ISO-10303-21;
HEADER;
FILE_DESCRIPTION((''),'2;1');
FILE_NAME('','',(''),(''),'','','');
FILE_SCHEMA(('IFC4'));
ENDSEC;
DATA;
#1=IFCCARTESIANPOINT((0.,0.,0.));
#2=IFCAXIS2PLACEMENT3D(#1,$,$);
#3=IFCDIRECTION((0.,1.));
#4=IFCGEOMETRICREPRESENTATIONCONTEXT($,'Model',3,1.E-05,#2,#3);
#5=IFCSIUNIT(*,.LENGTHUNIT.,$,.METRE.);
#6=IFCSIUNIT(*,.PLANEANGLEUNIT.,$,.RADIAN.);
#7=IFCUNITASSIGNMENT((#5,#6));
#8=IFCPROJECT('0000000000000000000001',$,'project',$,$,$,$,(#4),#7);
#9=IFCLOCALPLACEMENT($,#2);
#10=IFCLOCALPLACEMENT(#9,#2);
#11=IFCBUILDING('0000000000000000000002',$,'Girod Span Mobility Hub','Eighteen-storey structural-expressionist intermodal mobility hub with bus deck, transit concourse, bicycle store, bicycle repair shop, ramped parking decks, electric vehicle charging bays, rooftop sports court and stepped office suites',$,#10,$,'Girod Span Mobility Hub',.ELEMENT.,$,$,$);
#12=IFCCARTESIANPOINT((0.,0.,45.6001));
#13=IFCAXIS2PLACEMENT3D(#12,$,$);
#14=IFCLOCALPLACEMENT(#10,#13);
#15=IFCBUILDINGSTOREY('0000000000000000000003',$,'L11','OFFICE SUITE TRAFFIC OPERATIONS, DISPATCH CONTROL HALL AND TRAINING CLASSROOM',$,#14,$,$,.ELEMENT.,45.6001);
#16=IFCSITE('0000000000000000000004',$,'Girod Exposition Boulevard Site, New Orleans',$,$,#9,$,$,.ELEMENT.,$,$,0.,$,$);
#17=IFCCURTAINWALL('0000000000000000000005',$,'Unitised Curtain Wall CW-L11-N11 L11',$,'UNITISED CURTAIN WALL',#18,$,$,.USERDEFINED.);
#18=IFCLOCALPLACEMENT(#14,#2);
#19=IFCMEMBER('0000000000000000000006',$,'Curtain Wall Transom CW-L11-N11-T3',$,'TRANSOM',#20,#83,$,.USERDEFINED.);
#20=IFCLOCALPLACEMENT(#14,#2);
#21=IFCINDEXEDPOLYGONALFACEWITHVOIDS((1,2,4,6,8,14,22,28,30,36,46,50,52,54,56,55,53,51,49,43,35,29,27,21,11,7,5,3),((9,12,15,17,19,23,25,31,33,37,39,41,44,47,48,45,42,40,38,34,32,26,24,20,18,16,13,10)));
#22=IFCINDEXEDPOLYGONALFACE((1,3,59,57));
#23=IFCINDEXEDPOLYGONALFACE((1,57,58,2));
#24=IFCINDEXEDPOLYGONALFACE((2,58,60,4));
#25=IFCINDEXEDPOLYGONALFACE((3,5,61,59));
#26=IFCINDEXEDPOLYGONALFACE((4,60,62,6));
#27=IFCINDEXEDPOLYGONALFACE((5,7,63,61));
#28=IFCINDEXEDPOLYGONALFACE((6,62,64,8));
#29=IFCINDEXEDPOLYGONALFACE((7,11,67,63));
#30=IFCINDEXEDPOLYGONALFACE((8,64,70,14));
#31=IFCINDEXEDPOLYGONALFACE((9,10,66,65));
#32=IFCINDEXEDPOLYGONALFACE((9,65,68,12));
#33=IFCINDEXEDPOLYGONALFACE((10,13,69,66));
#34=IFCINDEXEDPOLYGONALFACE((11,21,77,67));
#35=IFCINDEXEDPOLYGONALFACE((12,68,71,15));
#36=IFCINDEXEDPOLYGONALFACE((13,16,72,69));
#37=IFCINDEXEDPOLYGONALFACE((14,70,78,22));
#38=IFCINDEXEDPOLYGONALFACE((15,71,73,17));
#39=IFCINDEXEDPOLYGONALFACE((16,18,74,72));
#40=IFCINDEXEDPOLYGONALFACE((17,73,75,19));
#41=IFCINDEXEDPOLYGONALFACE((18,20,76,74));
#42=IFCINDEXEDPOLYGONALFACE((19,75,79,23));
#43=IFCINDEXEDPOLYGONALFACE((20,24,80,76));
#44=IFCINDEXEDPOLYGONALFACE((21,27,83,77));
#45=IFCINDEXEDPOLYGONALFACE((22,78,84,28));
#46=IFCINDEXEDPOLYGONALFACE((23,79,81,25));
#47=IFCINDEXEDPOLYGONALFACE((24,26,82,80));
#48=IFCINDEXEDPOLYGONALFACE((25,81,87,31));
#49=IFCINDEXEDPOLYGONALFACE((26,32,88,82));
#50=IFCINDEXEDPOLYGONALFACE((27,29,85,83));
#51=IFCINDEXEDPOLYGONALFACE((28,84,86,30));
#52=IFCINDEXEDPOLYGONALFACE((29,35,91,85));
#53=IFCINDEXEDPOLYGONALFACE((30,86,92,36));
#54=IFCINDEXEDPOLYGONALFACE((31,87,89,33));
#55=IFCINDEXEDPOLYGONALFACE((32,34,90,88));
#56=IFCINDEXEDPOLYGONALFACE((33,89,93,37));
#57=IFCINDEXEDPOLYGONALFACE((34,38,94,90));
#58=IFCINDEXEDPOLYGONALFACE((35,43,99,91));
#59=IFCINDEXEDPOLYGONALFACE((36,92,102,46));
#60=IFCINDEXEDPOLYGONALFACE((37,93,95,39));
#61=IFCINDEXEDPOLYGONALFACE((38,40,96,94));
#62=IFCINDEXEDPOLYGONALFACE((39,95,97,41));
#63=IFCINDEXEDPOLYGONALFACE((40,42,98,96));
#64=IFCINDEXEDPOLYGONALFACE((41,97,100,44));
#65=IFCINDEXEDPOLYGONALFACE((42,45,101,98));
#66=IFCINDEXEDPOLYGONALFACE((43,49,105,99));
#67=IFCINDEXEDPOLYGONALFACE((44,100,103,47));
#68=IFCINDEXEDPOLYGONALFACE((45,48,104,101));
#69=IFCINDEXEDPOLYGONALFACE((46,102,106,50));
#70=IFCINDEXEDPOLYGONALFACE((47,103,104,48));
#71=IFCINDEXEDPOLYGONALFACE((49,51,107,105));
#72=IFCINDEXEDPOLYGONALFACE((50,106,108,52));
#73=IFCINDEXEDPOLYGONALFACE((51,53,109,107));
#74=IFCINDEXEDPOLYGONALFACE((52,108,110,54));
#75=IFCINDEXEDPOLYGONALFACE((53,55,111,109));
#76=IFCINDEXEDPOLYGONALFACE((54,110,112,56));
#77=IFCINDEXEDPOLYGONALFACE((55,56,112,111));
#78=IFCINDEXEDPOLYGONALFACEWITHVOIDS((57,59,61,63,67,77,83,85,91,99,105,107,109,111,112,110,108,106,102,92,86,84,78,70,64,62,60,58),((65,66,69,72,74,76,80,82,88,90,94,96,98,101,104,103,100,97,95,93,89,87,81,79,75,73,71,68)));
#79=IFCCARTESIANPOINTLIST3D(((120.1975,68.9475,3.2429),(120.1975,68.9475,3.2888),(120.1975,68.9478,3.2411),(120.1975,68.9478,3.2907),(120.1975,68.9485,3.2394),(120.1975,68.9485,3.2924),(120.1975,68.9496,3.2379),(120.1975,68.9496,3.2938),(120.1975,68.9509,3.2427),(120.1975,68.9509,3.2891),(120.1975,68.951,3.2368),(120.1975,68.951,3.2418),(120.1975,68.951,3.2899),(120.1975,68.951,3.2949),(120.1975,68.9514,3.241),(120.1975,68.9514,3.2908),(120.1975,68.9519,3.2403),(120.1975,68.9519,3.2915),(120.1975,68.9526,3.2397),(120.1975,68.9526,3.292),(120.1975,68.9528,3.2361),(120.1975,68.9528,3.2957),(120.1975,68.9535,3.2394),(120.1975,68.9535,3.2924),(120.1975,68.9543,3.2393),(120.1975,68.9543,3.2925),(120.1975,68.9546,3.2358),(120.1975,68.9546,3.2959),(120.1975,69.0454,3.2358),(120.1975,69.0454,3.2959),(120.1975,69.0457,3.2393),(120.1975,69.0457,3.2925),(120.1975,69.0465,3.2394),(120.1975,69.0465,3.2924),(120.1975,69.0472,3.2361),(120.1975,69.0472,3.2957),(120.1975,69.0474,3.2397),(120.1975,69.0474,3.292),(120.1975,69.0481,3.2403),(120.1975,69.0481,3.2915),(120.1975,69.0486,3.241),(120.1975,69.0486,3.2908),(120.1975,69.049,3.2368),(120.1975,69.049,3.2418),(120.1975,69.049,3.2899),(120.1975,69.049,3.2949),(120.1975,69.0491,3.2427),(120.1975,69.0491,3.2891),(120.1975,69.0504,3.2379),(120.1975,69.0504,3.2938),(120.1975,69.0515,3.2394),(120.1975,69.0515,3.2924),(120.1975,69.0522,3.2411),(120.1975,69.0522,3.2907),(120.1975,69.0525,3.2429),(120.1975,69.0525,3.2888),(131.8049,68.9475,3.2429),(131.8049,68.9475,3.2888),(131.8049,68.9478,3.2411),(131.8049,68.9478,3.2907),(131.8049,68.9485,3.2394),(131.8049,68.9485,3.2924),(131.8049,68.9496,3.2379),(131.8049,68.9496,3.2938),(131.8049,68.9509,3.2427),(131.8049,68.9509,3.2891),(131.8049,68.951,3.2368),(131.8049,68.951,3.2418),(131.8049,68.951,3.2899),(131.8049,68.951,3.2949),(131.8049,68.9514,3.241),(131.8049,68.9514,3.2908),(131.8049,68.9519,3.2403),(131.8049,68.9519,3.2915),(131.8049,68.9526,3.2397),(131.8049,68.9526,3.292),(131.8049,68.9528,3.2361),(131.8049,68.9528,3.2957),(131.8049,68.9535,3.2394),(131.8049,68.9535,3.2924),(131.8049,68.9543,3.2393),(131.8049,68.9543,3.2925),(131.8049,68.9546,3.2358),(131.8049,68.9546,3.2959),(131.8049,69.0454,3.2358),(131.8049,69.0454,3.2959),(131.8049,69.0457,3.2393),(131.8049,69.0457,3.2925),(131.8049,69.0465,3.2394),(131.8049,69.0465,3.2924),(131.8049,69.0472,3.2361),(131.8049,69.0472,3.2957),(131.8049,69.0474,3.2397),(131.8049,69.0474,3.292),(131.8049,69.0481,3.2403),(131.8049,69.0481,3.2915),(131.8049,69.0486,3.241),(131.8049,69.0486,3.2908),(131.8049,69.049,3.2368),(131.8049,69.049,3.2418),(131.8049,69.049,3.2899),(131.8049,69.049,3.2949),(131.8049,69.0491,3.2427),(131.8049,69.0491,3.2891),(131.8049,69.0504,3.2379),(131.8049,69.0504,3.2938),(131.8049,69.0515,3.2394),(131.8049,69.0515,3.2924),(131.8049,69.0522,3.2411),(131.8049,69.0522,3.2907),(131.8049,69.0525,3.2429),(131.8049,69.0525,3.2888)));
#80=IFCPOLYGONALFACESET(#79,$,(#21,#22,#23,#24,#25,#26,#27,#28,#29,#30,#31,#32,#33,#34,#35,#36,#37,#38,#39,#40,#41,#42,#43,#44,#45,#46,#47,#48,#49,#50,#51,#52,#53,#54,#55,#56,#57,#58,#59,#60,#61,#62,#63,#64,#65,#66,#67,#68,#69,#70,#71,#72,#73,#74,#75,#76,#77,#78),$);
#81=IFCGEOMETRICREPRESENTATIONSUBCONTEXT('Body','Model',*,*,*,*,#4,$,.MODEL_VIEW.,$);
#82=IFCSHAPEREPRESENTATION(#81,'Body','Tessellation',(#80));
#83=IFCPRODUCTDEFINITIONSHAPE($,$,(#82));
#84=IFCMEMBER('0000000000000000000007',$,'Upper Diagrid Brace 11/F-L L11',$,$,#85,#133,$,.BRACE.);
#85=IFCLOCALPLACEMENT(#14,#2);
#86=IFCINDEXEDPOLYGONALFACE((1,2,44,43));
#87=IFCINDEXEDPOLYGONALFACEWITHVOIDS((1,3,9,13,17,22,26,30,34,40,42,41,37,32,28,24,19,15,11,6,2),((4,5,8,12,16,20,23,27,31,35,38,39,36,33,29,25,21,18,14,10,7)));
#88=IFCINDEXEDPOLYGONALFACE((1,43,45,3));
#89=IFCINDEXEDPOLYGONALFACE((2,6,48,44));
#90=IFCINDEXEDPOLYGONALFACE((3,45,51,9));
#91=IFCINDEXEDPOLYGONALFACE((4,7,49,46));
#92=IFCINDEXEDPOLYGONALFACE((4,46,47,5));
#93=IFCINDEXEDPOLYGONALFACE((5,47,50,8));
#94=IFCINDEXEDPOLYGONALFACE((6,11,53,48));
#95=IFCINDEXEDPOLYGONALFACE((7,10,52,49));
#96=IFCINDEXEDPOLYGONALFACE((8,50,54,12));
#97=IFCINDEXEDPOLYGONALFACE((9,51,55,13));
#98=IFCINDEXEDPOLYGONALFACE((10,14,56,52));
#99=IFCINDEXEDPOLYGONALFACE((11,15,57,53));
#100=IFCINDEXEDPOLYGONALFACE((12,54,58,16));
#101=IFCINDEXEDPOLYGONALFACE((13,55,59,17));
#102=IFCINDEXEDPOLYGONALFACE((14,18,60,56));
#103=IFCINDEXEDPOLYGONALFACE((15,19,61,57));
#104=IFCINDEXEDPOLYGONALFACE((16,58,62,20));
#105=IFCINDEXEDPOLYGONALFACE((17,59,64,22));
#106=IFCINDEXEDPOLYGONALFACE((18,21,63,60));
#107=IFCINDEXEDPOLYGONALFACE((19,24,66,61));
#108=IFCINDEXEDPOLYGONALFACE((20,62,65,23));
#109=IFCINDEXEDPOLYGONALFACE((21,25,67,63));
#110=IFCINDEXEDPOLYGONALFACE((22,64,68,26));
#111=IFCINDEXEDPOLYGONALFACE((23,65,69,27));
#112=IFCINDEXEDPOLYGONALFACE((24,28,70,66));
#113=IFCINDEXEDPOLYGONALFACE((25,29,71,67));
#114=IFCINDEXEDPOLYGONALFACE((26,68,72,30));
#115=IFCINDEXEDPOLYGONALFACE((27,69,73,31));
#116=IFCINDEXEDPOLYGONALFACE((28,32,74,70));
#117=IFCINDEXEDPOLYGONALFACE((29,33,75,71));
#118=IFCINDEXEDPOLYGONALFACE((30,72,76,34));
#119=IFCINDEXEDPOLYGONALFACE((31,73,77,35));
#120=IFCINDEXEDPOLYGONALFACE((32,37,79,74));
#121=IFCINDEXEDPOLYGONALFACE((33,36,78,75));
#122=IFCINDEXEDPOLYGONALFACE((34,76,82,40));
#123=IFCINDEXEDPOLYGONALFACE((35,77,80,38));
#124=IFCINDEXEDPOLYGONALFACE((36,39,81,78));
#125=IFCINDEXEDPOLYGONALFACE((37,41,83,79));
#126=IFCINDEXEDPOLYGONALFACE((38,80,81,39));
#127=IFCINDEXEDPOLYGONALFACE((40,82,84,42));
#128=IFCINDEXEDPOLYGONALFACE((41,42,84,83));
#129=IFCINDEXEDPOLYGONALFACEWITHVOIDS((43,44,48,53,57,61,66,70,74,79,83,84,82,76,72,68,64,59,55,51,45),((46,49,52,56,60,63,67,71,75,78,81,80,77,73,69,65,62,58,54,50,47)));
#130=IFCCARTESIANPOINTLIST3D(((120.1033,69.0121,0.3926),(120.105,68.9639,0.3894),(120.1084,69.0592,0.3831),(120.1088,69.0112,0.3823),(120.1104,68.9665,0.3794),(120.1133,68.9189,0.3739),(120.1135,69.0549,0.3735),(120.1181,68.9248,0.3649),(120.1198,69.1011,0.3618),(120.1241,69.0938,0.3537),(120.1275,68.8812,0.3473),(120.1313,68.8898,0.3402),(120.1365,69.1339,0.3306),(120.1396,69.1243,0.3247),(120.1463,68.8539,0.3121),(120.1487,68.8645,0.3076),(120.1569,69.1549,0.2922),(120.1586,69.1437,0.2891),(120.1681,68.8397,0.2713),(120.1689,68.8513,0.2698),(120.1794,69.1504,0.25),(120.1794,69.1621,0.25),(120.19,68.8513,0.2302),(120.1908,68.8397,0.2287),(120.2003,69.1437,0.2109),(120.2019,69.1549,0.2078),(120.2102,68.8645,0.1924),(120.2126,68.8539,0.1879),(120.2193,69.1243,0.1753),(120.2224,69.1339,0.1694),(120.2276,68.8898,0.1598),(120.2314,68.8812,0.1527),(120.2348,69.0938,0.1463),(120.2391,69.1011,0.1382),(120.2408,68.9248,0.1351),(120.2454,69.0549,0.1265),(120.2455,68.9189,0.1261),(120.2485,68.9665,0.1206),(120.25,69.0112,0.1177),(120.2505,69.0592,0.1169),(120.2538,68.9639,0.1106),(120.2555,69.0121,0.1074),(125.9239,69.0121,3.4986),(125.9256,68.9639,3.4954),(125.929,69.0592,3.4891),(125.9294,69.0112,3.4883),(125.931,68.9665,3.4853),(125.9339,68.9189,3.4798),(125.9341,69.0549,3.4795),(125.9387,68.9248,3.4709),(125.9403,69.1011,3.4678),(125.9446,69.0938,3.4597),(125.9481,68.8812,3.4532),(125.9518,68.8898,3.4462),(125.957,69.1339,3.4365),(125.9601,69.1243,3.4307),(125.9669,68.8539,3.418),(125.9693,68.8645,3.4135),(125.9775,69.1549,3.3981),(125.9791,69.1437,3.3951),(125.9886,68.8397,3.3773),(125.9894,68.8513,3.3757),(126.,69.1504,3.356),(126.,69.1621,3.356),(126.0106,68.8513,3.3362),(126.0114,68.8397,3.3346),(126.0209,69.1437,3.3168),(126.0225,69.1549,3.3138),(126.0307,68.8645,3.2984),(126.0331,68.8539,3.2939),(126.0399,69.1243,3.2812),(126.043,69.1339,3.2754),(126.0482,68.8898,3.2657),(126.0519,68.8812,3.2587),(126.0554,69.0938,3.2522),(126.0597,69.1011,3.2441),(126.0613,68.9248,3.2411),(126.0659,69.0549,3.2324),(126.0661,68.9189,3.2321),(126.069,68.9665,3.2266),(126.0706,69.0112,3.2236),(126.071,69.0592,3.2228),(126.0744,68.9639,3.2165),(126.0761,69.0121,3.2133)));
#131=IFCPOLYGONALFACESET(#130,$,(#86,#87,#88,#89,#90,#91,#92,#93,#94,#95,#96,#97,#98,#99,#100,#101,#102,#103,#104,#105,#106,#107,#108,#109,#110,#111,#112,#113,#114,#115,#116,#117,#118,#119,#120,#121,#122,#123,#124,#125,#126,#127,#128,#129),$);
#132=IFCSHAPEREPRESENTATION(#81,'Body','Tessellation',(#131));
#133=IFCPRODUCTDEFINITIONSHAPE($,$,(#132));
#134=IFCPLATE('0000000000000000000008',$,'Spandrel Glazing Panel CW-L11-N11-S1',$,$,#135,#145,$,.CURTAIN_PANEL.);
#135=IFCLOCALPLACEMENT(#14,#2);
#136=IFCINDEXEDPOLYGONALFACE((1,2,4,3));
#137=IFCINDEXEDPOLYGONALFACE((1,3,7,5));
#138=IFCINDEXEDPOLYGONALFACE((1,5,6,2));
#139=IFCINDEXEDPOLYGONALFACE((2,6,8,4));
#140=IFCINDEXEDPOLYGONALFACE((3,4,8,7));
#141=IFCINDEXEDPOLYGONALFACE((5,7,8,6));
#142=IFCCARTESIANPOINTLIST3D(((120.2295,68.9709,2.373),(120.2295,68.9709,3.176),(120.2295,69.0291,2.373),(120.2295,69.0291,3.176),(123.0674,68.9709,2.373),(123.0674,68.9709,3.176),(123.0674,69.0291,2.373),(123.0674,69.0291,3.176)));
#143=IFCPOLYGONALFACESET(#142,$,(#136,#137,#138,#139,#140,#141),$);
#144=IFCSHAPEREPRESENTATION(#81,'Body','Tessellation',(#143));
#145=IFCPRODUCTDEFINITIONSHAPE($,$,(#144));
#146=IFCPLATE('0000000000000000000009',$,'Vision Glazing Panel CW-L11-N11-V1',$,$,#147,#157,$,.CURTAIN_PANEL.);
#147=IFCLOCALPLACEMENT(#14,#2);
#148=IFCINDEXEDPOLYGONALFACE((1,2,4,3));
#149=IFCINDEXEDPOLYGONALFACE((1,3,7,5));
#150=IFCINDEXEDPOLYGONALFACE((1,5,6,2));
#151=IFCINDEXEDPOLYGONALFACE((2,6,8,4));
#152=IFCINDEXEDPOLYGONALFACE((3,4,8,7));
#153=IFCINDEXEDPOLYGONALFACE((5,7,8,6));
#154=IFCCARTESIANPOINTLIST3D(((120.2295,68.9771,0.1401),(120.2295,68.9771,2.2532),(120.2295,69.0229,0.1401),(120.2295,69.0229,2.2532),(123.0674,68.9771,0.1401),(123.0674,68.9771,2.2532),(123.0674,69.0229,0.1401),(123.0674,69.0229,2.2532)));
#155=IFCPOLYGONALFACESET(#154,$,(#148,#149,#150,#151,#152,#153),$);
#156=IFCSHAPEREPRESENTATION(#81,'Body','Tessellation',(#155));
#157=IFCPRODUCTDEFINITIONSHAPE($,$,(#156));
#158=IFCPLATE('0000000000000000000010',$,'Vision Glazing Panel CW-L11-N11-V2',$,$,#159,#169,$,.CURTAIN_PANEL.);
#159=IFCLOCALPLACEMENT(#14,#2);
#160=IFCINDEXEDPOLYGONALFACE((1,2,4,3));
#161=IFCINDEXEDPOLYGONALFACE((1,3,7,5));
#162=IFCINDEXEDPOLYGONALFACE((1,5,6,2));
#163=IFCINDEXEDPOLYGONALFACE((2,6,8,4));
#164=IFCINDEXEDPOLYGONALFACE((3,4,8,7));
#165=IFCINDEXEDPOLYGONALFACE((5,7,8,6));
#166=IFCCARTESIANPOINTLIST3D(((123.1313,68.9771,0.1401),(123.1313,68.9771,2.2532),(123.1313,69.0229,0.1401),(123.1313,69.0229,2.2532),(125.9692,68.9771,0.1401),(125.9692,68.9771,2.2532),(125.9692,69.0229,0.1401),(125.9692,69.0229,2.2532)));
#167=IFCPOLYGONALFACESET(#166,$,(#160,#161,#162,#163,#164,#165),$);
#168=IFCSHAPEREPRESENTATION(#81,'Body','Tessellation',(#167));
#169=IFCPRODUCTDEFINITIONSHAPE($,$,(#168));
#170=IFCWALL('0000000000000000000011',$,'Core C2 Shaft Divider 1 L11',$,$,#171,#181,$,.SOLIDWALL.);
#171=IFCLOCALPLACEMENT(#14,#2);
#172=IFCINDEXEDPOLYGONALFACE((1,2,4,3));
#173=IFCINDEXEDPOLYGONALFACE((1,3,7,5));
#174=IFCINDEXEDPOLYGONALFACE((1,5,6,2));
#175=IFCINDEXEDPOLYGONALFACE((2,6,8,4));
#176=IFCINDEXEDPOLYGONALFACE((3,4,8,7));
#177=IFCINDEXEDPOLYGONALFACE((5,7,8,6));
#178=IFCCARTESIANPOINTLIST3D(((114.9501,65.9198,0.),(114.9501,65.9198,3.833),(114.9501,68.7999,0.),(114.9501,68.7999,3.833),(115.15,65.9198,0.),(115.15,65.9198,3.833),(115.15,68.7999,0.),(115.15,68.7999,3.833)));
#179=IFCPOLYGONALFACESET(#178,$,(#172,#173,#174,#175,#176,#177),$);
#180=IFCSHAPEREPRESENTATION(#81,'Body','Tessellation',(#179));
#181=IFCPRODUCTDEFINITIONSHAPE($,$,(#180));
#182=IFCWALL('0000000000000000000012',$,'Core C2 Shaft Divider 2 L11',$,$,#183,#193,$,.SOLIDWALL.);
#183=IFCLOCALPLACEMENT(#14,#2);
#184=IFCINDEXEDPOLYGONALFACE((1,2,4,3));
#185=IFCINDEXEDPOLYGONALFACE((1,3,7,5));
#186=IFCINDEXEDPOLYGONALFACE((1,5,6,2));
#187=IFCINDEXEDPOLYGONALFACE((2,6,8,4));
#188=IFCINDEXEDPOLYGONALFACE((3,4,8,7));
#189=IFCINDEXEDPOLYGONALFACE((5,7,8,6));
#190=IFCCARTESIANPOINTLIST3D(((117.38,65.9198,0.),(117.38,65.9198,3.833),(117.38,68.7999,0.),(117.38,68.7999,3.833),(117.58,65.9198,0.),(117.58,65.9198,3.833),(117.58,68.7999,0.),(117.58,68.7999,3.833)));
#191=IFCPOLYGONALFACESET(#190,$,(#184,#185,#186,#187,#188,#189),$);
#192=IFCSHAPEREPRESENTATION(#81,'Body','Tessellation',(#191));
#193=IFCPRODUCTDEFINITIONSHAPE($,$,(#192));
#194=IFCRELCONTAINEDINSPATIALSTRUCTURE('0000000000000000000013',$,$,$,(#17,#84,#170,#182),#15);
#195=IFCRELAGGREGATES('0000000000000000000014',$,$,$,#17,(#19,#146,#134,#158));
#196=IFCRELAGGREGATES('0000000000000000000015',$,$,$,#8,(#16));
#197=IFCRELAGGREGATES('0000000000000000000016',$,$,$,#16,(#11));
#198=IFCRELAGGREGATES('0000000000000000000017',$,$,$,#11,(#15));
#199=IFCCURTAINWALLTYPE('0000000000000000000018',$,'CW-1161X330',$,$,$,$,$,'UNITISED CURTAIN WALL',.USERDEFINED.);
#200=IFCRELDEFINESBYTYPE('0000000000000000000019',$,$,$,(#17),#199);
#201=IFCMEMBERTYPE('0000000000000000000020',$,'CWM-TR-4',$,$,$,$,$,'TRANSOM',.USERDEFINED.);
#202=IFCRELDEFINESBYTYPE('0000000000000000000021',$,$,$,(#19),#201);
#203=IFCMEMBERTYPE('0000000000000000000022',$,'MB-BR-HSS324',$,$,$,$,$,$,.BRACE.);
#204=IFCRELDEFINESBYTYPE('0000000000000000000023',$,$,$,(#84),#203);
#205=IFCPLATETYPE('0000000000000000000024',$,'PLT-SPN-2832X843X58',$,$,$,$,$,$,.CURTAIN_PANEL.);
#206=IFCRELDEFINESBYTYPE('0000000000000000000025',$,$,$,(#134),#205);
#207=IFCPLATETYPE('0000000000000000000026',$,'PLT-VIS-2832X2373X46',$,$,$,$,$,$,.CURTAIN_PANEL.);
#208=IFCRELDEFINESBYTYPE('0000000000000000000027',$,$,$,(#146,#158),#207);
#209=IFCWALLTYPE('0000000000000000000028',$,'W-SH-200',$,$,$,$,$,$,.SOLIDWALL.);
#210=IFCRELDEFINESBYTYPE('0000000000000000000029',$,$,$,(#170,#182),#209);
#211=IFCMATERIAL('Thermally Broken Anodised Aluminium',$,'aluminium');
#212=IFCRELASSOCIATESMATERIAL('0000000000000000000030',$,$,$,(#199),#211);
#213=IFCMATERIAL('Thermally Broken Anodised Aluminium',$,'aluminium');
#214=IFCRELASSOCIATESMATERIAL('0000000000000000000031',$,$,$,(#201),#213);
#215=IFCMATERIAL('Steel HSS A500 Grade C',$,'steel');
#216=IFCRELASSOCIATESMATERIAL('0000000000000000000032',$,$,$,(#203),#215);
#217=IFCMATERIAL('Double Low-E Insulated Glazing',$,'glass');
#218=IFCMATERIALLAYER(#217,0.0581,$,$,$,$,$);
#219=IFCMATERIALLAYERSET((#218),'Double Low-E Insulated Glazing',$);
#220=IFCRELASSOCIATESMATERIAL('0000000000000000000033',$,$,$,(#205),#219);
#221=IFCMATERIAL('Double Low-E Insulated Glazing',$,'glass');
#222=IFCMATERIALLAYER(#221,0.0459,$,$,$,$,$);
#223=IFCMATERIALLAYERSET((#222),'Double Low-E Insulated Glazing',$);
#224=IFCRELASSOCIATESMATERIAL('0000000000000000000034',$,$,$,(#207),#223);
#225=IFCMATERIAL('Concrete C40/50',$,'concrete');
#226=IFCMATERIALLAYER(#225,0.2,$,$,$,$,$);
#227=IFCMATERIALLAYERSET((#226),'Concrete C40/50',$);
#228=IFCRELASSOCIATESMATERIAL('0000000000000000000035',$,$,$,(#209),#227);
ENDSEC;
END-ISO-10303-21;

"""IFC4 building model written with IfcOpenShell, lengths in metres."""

from ifc_helpers import new_model, si_unit, direction, frame, frame_2d, origin, origin_2d, place, context, subcontext, project, spatial, rectangle, hollow_rectangle, hollow_circle, extrude, material, layer, layer_set, material_profile, profile_set, type_object, element, aggregate, save


model = new_model("IFC4")

# Units and contexts
model_context = context("Model", 3, precision=1e-05, world=origin(), true_north=direction((0.0, 1.0)))
body_context = subcontext(model_context, "Body", "Model", "MODEL_VIEW")
ifc_project = project(units=[si_unit("LENGTHUNIT", "METRE"), si_unit("PLANEANGLEUNIT", "RADIAN")], contexts=[model_context])

# Site, building, storey
site_placement = place(None, origin())
site = spatial("IfcSite", under=ifc_project, at=site_placement, Name="Girod Exposition Boulevard Site, New Orleans", CompositionType="ELEMENT", RefElevation=0.0)
building_placement = place(site_placement, origin())
building = spatial("IfcBuilding", under=site, at=building_placement, Name="Girod Span Mobility Hub", Description="Eighteen-storey structural-expressionist intermodal mobility hub with bus deck, transit concourse, bicycle store, bicycle repair shop, ramped parking decks, electric vehicle charging bays, rooftop sports court and stepped office suites", LongName="Girod Span Mobility Hub", CompositionType="ELEMENT")
storey_placement = place(building_placement, frame((0.0, 0.0, 45.6001)))
storey = spatial("IfcBuildingStorey", under=building, at=storey_placement, Name="L11", Description="OFFICE SUITE TRAFFIC OPERATIONS, DISPATCH CONTROL HALL AND TRAINING CLASSROOM", CompositionType="ELEMENT", Elevation=45.6001)

# Curtain wall, member
ifc_material_1 = material(Name="Thermally Broken Anodised Aluminium", Category="aluminium")
curtain_wall_type = type_object("IfcCurtainWallType", Name="CW-1161X330", ElementType="UNITISED CURTAIN WALL", PredefinedType="USERDEFINED", material=ifc_material_1)
curtain_wall_placement = place(storey_placement, origin())
curtain_wall = element("IfcCurtainWall", 1, at=curtain_wall_placement, inside=storey, type_object=curtain_wall_type, Name="Unitised Curtain Wall CW-L11-N11 L11", ObjectType="UNITISED CURTAIN WALL", PredefinedType="USERDEFINED")
ifc_material_2 = material(Name="Thermally Broken Anodised Aluminium", Category="aluminium")
ifc_material_profile_1 = material_profile(ifc_material_2, hollow_rectangle(XDim=0.105, YDim=0.0601, WallThickness=0.0034, InnerFilletRadius=0.0034, OuterFilletRadius=0.0071, at=origin_2d()), Name="CW-TR-60X105")
ifc_profile_set_1 = profile_set([ifc_material_profile_1], Name="Thermally Broken Anodised Aluminium")
member_type_1 = type_object("IfcMemberType", Name="CWM-TR-4", ElementType="TRANSOM", PredefinedType="USERDEFINED", material=ifc_profile_set_1)
member_1_placement = place(storey_placement, frame((120.1975, 69.0, 3.2659), z_axis=(1.0, 0.0, 0.0), x_axis=(0.0, 1.0, 0.0)))
member_1 = element("IfcMember", 2, at=member_1_placement, type_object=member_type_1, Name="Curtain Wall Transom CW-L11-N11-T3", ObjectType="TRANSOM", PredefinedType="USERDEFINED", context=body_context, shape_type="SweptSolid", body=[
    extrude(hollow_rectangle(XDim=0.105, YDim=0.0601, WallThickness=0.0034, InnerFilletRadius=0.0034, OuterFilletRadius=0.0071, at=origin_2d()), origin(), (0.0, 0.0, 1.0), 11.6074),
])

# Member
ifc_material_3 = material(Name="Steel HSS A500 Grade C", Category="steel")
ifc_material_profile_2 = material_profile(ifc_material_3, hollow_circle(Radius=0.1621, WallThickness=0.0117, at=origin_2d()), Name="HSS324X12.7")
ifc_profile_set_2 = profile_set([ifc_material_profile_2], Name="Steel HSS A500 Grade C")
member_type_2 = type_object("IfcMemberType", Name="MB-BR-HSS324", PredefinedType="BRACE", material=ifc_profile_set_2)
member_2_placement = place(storey_placement, frame((120.1794, 69.0, 0.25), z_axis=(0.882248, 0.0, 0.470784), x_axis=(0.0, 1.0, 0.0)))
element("IfcMember", 3, at=member_2_placement, inside=storey, type_object=member_type_2, Name="Upper Diagrid Brace 11/F-L L11", PredefinedType="BRACE", context=body_context, shape_type="SweptSolid", body=[
    extrude(hollow_circle(Radius=0.1621, WallThickness=0.0117, at=origin_2d()), origin(), (0.0, 0.0, 1.0), 6.5974),
])

# Plates
ifc_material_4 = material(Name="Double Low-E Insulated Glazing", Category="glass")
ifc_layer_1 = layer(ifc_material_4, 0.0581)
ifc_layer_set_1 = layer_set([ifc_layer_1], Name="Double Low-E Insulated Glazing")
plate_type_1 = type_object("IfcPlateType", Name="PLT-SPN-2832X843X58", PredefinedType="CURTAIN_PANEL", material=ifc_layer_set_1)
plate_1_placement = place(storey_placement, frame((121.6484, 69.0, 2.373), z_axis=(0.0, 0.0, 1.0), x_axis=(1.0, 0.0, 0.0)))
plate_1 = element("IfcPlate", 4, at=plate_1_placement, type_object=plate_type_1, Name="Spandrel Glazing Panel CW-L11-N11-S1", PredefinedType="CURTAIN_PANEL", context=body_context, shape_type="SweptSolid", body=[
    extrude(rectangle(XDim=2.8379, YDim=0.0581, at=origin_2d()), origin(), (0.0, 0.0, 1.0), 0.803),
])
ifc_material_5 = material(Name="Double Low-E Insulated Glazing", Category="glass")
ifc_layer_2 = layer(ifc_material_5, 0.0459)
ifc_layer_set_2 = layer_set([ifc_layer_2], Name="Double Low-E Insulated Glazing")
plate_type_2 = type_object("IfcPlateType", Name="PLT-VIS-2832X2373X46", PredefinedType="CURTAIN_PANEL", material=ifc_layer_set_2)
plate_2_placement = place(storey_placement, frame((121.6484, 69.0, 0.1401), z_axis=(0.0, 0.0, 1.0), x_axis=(1.0, 0.0, 0.0)))
plate_2 = element("IfcPlate", 5, at=plate_2_placement, type_object=plate_type_2, Name="Vision Glazing Panel CW-L11-N11-V1", PredefinedType="CURTAIN_PANEL", context=body_context, shape_type="SweptSolid", body=[
    extrude(rectangle(XDim=2.8379, YDim=0.0459, at=origin_2d()), origin(), (0.0, 0.0, 1.0), 2.113),
])
plate_3_placement = place(storey_placement, frame((124.5503, 69.0, 0.1401), z_axis=(0.0, 0.0, 1.0), x_axis=(1.0, 0.0, 0.0)))
plate_3 = element("IfcPlate", 6, at=plate_3_placement, type_object=plate_type_2, Name="Vision Glazing Panel CW-L11-N11-V2", PredefinedType="CURTAIN_PANEL", context=body_context, shape_type="SweptSolid", body=[
    extrude(rectangle(XDim=2.8379, YDim=0.0459, at=origin_2d()), origin(), (0.0, 0.0, 1.0), 2.113),
])
aggregate(curtain_wall, [member_1, plate_2, plate_1, plate_3])

# Walls
ifc_material_6 = material(Name="Concrete C40/50", Category="concrete")
ifc_layer_3 = layer(ifc_material_6, 0.2)
ifc_layer_set_3 = layer_set([ifc_layer_3], Name="Concrete C40/50")
wall_type = type_object("IfcWallType", Name="W-SH-200", PredefinedType="SOLIDWALL", material=ifc_layer_set_3)
for number, where, z_axis, x_axis, name in (
    (7, (115.05, 65.9199, 0.0), (0.0, 0.0, 1.0), (0.0, 1.0, 0.0), "Core C2 Shaft Divider 1 L11"),
    (8, (117.48, 65.9199, 0.0), (0.0, 0.0, 1.0), (0.0, 1.0, 0.0), "Core C2 Shaft Divider 2 L11"),
):
    element("IfcWall", number, at=place(storey_placement, frame(where, z_axis=z_axis, x_axis=x_axis)), inside=storey, type_object=wall_type, Name=name, PredefinedType="SOLIDWALL", context=body_context, shape_type="SweptSolid", body=[
        extrude(rectangle(XDim=2.8801, YDim=0.2, at=frame_2d((1.4399, 0.0))), origin(), (0.0, 0.0, 1.0), 3.833),
    ])

save(model, "model.ifc")
